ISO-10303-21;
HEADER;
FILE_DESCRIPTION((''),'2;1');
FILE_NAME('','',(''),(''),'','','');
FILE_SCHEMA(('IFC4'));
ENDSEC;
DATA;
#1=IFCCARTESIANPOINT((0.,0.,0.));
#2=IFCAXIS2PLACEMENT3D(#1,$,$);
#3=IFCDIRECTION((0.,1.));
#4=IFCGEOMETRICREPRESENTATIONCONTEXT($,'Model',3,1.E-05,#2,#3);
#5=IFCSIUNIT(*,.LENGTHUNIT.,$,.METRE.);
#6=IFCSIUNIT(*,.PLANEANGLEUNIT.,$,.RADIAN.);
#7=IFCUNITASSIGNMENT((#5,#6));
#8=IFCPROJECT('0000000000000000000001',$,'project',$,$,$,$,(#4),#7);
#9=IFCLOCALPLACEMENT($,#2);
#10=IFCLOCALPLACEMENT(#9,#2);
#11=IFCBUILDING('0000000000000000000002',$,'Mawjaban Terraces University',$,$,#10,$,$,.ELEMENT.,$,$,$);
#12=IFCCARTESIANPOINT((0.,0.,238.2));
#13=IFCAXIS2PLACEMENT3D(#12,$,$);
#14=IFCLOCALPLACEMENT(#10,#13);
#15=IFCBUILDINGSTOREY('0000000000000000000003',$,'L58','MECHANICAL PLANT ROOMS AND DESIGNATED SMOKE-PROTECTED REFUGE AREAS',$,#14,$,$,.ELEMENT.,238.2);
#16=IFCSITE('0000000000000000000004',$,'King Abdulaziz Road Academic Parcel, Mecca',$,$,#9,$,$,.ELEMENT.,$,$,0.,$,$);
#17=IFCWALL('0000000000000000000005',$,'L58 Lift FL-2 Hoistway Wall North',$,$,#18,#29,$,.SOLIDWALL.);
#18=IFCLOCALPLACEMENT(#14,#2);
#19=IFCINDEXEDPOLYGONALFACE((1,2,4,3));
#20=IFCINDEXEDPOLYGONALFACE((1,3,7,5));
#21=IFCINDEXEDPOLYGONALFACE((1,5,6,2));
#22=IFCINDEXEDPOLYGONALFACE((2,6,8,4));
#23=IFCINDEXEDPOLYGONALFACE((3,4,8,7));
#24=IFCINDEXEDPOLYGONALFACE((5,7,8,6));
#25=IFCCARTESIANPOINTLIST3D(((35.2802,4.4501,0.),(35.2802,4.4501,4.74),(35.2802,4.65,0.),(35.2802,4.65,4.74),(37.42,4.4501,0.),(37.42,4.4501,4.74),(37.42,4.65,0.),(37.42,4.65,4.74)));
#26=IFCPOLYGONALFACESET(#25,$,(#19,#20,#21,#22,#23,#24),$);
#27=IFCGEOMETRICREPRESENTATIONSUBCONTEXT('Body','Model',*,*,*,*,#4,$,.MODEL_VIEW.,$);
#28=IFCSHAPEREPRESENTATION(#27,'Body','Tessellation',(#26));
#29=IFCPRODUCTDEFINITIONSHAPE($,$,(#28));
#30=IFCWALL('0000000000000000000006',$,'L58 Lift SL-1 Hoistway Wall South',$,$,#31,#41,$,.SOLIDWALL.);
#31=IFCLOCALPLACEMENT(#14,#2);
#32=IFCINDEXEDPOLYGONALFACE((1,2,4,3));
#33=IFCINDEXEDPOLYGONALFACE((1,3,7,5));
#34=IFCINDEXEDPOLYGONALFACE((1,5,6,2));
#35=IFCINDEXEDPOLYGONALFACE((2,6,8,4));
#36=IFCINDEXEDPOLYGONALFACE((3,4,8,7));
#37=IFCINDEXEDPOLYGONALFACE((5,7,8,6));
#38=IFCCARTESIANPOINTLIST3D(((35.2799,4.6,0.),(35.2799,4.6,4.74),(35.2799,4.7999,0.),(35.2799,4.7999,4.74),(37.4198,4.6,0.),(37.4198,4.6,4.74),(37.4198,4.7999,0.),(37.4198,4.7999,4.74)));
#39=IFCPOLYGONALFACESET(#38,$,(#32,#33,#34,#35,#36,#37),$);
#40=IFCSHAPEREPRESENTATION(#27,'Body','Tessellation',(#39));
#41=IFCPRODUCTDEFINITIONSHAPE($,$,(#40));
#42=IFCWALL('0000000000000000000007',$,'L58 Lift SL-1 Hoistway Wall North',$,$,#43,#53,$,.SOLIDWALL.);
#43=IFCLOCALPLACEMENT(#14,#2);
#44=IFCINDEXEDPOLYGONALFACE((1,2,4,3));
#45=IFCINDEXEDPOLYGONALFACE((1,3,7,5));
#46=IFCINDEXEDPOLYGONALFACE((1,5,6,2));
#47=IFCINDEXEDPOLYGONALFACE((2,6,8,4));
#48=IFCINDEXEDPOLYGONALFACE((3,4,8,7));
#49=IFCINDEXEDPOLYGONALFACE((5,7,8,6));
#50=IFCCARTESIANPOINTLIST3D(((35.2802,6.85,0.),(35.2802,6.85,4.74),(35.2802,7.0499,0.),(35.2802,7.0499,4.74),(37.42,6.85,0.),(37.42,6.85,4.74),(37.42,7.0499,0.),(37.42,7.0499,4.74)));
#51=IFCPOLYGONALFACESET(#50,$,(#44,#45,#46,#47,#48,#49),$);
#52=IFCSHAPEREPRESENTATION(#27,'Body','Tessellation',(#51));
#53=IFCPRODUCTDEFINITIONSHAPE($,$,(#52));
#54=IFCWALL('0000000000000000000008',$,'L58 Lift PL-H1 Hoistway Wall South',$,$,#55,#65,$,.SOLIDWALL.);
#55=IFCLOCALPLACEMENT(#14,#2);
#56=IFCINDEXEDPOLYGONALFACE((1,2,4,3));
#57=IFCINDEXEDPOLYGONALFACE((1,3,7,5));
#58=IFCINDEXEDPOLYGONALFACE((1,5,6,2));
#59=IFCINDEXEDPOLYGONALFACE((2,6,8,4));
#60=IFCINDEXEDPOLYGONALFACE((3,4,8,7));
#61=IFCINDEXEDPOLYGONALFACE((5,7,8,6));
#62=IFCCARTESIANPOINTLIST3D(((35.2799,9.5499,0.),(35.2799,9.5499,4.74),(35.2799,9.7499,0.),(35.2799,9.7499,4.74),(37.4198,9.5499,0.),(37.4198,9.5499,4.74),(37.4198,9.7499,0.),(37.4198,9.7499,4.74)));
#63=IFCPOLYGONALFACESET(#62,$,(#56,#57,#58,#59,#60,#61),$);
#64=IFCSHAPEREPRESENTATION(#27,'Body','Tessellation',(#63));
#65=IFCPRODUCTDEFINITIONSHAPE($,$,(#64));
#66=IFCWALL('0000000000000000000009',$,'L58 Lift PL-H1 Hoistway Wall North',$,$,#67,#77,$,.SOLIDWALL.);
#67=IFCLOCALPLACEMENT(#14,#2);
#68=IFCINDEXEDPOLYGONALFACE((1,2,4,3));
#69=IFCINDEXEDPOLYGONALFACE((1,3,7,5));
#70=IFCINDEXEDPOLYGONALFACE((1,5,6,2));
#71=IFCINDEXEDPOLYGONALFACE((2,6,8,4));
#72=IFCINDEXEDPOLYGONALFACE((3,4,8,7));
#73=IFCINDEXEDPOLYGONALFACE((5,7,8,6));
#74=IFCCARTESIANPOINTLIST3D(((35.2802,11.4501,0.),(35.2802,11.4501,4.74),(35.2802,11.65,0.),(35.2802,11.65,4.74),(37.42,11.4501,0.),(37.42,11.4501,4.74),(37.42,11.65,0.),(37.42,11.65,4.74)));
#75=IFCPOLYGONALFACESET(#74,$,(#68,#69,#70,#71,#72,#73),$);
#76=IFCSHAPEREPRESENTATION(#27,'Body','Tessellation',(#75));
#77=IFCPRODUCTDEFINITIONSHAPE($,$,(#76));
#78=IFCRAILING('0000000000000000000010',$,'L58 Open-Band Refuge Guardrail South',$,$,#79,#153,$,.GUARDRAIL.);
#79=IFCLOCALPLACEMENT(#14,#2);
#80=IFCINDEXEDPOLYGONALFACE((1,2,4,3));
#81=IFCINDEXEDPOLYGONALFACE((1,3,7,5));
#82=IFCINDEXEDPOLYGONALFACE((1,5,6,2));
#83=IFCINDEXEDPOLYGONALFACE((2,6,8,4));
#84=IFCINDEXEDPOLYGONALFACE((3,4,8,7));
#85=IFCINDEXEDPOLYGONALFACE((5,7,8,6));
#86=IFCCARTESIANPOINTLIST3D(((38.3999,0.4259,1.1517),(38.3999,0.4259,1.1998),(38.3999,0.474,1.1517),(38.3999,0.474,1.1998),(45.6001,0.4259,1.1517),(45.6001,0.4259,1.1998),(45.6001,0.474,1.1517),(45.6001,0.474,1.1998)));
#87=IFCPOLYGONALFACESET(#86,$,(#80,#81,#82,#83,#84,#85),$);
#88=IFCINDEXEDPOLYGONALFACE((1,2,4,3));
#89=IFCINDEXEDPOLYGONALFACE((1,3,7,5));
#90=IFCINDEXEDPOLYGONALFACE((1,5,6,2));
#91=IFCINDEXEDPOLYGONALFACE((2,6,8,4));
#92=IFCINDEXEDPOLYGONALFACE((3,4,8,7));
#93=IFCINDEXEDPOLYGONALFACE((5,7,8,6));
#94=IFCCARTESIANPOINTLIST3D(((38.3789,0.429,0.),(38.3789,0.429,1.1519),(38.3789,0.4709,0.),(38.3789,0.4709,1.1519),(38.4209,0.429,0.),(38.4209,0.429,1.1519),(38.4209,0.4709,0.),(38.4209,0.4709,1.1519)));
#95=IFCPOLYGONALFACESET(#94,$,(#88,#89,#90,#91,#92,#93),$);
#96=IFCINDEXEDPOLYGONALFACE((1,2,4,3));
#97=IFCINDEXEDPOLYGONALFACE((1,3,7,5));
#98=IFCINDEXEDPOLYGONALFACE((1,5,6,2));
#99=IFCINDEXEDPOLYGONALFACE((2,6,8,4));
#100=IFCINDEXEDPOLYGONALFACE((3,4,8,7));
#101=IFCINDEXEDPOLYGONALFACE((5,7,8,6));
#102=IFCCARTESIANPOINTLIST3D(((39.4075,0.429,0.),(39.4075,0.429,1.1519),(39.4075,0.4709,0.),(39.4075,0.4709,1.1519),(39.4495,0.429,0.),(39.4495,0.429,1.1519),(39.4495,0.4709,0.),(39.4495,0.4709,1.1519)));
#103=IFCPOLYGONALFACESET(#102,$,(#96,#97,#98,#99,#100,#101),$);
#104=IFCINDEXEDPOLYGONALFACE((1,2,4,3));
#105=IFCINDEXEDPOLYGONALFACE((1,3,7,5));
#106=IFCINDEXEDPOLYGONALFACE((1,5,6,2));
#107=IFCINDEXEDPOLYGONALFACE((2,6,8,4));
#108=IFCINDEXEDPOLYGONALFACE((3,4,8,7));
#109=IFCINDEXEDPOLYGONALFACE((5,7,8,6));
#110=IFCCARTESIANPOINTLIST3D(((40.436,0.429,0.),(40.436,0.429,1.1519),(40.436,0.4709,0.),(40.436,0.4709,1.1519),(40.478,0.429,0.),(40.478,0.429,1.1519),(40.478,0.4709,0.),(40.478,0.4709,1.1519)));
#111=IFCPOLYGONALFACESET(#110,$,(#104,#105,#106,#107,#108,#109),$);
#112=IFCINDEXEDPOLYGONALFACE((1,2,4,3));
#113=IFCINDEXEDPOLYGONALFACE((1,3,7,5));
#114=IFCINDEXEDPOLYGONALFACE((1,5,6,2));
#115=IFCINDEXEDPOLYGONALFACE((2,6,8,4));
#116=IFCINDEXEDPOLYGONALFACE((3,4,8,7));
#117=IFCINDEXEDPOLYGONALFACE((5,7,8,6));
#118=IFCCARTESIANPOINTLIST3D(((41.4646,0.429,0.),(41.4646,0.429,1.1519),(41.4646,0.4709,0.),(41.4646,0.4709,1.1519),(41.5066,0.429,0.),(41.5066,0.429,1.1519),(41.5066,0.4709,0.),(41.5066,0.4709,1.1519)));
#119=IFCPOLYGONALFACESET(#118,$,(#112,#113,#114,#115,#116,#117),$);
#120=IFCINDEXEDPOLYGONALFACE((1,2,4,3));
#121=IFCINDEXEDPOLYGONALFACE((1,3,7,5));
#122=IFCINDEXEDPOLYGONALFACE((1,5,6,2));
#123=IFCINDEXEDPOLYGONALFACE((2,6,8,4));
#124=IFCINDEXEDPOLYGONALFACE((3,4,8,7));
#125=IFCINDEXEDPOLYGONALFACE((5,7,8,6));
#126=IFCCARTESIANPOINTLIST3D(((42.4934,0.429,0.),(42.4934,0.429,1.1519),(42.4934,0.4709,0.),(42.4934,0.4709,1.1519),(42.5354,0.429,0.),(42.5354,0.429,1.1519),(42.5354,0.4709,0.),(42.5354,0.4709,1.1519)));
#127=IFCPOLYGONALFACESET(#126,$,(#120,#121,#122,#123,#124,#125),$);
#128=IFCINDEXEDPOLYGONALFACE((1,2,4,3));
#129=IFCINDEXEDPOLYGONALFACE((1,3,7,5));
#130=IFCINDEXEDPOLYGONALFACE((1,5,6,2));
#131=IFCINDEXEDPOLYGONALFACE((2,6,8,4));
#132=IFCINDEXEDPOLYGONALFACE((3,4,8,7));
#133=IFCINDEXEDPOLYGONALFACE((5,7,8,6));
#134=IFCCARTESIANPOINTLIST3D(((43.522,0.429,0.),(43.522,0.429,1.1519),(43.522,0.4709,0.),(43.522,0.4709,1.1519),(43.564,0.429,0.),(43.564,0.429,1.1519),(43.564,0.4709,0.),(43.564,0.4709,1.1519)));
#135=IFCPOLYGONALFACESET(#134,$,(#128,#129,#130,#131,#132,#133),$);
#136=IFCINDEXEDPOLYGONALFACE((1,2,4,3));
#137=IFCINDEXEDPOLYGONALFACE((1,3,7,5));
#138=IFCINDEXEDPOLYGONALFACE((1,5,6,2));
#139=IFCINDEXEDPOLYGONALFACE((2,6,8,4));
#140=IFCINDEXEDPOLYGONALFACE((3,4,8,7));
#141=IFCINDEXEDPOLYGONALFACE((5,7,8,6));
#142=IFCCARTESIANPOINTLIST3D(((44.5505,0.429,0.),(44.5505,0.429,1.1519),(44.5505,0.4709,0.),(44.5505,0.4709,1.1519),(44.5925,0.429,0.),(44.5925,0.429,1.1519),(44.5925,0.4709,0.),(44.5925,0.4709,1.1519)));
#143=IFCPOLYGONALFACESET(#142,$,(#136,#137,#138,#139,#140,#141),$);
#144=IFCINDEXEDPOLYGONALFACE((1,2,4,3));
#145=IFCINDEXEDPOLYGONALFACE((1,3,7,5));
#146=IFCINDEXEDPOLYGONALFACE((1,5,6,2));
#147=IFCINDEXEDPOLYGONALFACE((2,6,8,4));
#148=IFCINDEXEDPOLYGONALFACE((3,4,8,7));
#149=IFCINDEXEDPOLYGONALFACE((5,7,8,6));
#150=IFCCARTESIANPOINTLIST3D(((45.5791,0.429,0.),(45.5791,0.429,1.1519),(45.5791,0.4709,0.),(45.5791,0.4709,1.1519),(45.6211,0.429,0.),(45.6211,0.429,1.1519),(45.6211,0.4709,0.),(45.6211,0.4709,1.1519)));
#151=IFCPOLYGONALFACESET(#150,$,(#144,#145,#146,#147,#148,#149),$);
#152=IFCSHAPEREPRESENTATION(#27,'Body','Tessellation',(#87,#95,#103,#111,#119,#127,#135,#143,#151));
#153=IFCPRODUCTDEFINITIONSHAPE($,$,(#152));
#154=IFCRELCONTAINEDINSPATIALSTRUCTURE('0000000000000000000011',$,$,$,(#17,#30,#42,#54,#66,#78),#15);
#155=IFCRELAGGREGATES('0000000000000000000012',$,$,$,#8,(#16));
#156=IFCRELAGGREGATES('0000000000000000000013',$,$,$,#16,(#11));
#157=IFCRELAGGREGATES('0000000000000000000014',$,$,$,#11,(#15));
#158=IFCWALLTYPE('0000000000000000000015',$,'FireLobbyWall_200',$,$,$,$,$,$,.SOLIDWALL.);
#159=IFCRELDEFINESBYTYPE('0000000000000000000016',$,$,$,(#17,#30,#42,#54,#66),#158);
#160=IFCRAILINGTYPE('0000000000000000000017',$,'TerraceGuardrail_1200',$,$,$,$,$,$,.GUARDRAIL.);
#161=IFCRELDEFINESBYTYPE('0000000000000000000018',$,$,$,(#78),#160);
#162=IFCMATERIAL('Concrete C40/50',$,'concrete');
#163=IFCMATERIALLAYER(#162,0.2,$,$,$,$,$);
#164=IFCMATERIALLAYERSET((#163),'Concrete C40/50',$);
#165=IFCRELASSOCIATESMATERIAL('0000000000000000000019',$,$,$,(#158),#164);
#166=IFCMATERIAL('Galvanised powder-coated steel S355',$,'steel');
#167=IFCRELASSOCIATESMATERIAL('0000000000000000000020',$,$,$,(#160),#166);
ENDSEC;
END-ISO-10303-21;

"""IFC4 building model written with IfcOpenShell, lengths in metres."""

from ifc_helpers import new_model, si_unit, direction, frame, frame_2d, origin, origin_2d, place, context, subcontext, project, spatial, rectangle, extrude, material, layer, layer_set, type_object, element, save


model = new_model("IFC4")

# Units and contexts
model_context = context("Model", 3, precision=1e-05, world=origin(), true_north=direction((0.0, 1.0)))
body_context = subcontext(model_context, "Body", "Model", "MODEL_VIEW")
ifc_project = project(units=[si_unit("LENGTHUNIT", "METRE"), si_unit("PLANEANGLEUNIT", "RADIAN")], contexts=[model_context])

# Site, building, storey
site_placement = place(None, origin())
site = spatial("IfcSite", under=ifc_project, at=site_placement, Name="King Abdulaziz Road Academic Parcel, Mecca", CompositionType="ELEMENT", RefElevation=0.0)
building_placement = place(site_placement, origin())
building = spatial("IfcBuilding", under=site, at=building_placement, Name="Mawjaban Terraces University", CompositionType="ELEMENT")
storey_placement = place(building_placement, frame((0.0, 0.0, 238.2)))
storey = spatial("IfcBuildingStorey", under=building, at=storey_placement, Name="L58", Description="MECHANICAL PLANT ROOMS AND DESIGNATED SMOKE-PROTECTED REFUGE AREAS", CompositionType="ELEMENT", Elevation=238.2)

# Walls
ifc_material_1 = material(Name="Concrete C40/50", Category="concrete")
ifc_layer_1 = layer(ifc_material_1, 0.2)
ifc_layer_set_1 = layer_set([ifc_layer_1], Name="Concrete C40/50")
wall_type_1 = type_object("IfcWallType", Name="FireLobbyWall_200", PredefinedType="SOLIDWALL", material=ifc_layer_set_1)
for number, where, z_axis, x_axis, name in (
    (1, (37.4199, 4.55, 0.0), (0.0, 0.0, 1.0), (-1.0, 0.0, 0.0), "L58 Lift FL-2 Hoistway Wall North"),
    (2, (35.28, 4.7, 0.0), (0.0, 0.0, 1.0), (1.0, 0.0, 0.0), "L58 Lift SL-1 Hoistway Wall South"),
    (3, (37.4199, 6.95, 0.0), (0.0, 0.0, 1.0), (-1.0, 0.0, 0.0), "L58 Lift SL-1 Hoistway Wall North"),
    (4, (35.28, 9.6499, 0.0), (0.0, 0.0, 1.0), (1.0, 0.0, 0.0), "L58 Lift PL-H1 Hoistway Wall South"),
    (5, (37.4199, 11.55, 0.0), (0.0, 0.0, 1.0), (-1.0, 0.0, 0.0), "L58 Lift PL-H1 Hoistway Wall North"),
):
    element("IfcWall", number, at=place(storey_placement, frame(where, z_axis=z_axis, x_axis=x_axis)), inside=storey, type_object=wall_type_1, Name=name, PredefinedType="SOLIDWALL", context=body_context, shape_type="SweptSolid", body=[
        extrude(rectangle(XDim=2.1399, YDim=0.2, at=frame_2d((1.0698, 0.0))), origin(), (0.0, 0.0, 1.0), 4.74),
    ])

# Railing
ifc_material_2 = material(Name="Galvanised powder-coated steel S355", Category="steel")
railing_type = type_object("IfcRailingType", Name="TerraceGuardrail_1200", PredefinedType="GUARDRAIL", material=ifc_material_2)
railing_placement = place(storey_placement, frame((38.3999, 0.45, 0.0)))
element("IfcRailing", 6, at=railing_placement, inside=storey, type_object=railing_type, Name="L58 Open-Band Refuge Guardrail South", PredefinedType="GUARDRAIL", context=body_context, shape_type="SweptSolid", body=[
    extrude(rectangle(XDim=0.0481, YDim=0.0481, at=origin_2d()), frame((0.0, 0.0, 1.1758), z_axis=(1.0, 0.0, 0.0), x_axis=(0.0, 1.0, 0.0)), (0.0, 0.0, 1.0), 7.2002),
    extrude(rectangle(XDim=0.042, YDim=0.042, at=origin_2d()), origin(), (0.0, 0.0, 1.0), 1.1519),
    extrude(rectangle(XDim=0.042, YDim=0.042, at=origin_2d()), frame((1.0286, 0.0, 0.0)), (0.0, 0.0, 1.0), 1.1519),
    extrude(rectangle(XDim=0.042, YDim=0.042, at=origin_2d()), frame((2.0571, 0.0, 0.0)), (0.0, 0.0, 1.0), 1.1519),
    extrude(rectangle(XDim=0.042, YDim=0.042, at=origin_2d()), frame((3.0857, 0.0, 0.0)), (0.0, 0.0, 1.0), 1.1519),
    extrude(rectangle(XDim=0.042, YDim=0.042, at=origin_2d()), frame((4.1145, 0.0, 0.0)), (0.0, 0.0, 1.0), 1.1519),
    extrude(rectangle(XDim=0.042, YDim=0.042, at=origin_2d()), frame((5.1431, 0.0, 0.0)), (0.0, 0.0, 1.0), 1.1519),
    extrude(rectangle(XDim=0.042, YDim=0.042, at=origin_2d()), frame((6.1716, 0.0, 0.0)), (0.0, 0.0, 1.0), 1.1519),
    extrude(rectangle(XDim=0.042, YDim=0.042, at=origin_2d()), frame((7.2002, 0.0, 0.0)), (0.0, 0.0, 1.0), 1.1519),
])

save(model, "model.ifc")
